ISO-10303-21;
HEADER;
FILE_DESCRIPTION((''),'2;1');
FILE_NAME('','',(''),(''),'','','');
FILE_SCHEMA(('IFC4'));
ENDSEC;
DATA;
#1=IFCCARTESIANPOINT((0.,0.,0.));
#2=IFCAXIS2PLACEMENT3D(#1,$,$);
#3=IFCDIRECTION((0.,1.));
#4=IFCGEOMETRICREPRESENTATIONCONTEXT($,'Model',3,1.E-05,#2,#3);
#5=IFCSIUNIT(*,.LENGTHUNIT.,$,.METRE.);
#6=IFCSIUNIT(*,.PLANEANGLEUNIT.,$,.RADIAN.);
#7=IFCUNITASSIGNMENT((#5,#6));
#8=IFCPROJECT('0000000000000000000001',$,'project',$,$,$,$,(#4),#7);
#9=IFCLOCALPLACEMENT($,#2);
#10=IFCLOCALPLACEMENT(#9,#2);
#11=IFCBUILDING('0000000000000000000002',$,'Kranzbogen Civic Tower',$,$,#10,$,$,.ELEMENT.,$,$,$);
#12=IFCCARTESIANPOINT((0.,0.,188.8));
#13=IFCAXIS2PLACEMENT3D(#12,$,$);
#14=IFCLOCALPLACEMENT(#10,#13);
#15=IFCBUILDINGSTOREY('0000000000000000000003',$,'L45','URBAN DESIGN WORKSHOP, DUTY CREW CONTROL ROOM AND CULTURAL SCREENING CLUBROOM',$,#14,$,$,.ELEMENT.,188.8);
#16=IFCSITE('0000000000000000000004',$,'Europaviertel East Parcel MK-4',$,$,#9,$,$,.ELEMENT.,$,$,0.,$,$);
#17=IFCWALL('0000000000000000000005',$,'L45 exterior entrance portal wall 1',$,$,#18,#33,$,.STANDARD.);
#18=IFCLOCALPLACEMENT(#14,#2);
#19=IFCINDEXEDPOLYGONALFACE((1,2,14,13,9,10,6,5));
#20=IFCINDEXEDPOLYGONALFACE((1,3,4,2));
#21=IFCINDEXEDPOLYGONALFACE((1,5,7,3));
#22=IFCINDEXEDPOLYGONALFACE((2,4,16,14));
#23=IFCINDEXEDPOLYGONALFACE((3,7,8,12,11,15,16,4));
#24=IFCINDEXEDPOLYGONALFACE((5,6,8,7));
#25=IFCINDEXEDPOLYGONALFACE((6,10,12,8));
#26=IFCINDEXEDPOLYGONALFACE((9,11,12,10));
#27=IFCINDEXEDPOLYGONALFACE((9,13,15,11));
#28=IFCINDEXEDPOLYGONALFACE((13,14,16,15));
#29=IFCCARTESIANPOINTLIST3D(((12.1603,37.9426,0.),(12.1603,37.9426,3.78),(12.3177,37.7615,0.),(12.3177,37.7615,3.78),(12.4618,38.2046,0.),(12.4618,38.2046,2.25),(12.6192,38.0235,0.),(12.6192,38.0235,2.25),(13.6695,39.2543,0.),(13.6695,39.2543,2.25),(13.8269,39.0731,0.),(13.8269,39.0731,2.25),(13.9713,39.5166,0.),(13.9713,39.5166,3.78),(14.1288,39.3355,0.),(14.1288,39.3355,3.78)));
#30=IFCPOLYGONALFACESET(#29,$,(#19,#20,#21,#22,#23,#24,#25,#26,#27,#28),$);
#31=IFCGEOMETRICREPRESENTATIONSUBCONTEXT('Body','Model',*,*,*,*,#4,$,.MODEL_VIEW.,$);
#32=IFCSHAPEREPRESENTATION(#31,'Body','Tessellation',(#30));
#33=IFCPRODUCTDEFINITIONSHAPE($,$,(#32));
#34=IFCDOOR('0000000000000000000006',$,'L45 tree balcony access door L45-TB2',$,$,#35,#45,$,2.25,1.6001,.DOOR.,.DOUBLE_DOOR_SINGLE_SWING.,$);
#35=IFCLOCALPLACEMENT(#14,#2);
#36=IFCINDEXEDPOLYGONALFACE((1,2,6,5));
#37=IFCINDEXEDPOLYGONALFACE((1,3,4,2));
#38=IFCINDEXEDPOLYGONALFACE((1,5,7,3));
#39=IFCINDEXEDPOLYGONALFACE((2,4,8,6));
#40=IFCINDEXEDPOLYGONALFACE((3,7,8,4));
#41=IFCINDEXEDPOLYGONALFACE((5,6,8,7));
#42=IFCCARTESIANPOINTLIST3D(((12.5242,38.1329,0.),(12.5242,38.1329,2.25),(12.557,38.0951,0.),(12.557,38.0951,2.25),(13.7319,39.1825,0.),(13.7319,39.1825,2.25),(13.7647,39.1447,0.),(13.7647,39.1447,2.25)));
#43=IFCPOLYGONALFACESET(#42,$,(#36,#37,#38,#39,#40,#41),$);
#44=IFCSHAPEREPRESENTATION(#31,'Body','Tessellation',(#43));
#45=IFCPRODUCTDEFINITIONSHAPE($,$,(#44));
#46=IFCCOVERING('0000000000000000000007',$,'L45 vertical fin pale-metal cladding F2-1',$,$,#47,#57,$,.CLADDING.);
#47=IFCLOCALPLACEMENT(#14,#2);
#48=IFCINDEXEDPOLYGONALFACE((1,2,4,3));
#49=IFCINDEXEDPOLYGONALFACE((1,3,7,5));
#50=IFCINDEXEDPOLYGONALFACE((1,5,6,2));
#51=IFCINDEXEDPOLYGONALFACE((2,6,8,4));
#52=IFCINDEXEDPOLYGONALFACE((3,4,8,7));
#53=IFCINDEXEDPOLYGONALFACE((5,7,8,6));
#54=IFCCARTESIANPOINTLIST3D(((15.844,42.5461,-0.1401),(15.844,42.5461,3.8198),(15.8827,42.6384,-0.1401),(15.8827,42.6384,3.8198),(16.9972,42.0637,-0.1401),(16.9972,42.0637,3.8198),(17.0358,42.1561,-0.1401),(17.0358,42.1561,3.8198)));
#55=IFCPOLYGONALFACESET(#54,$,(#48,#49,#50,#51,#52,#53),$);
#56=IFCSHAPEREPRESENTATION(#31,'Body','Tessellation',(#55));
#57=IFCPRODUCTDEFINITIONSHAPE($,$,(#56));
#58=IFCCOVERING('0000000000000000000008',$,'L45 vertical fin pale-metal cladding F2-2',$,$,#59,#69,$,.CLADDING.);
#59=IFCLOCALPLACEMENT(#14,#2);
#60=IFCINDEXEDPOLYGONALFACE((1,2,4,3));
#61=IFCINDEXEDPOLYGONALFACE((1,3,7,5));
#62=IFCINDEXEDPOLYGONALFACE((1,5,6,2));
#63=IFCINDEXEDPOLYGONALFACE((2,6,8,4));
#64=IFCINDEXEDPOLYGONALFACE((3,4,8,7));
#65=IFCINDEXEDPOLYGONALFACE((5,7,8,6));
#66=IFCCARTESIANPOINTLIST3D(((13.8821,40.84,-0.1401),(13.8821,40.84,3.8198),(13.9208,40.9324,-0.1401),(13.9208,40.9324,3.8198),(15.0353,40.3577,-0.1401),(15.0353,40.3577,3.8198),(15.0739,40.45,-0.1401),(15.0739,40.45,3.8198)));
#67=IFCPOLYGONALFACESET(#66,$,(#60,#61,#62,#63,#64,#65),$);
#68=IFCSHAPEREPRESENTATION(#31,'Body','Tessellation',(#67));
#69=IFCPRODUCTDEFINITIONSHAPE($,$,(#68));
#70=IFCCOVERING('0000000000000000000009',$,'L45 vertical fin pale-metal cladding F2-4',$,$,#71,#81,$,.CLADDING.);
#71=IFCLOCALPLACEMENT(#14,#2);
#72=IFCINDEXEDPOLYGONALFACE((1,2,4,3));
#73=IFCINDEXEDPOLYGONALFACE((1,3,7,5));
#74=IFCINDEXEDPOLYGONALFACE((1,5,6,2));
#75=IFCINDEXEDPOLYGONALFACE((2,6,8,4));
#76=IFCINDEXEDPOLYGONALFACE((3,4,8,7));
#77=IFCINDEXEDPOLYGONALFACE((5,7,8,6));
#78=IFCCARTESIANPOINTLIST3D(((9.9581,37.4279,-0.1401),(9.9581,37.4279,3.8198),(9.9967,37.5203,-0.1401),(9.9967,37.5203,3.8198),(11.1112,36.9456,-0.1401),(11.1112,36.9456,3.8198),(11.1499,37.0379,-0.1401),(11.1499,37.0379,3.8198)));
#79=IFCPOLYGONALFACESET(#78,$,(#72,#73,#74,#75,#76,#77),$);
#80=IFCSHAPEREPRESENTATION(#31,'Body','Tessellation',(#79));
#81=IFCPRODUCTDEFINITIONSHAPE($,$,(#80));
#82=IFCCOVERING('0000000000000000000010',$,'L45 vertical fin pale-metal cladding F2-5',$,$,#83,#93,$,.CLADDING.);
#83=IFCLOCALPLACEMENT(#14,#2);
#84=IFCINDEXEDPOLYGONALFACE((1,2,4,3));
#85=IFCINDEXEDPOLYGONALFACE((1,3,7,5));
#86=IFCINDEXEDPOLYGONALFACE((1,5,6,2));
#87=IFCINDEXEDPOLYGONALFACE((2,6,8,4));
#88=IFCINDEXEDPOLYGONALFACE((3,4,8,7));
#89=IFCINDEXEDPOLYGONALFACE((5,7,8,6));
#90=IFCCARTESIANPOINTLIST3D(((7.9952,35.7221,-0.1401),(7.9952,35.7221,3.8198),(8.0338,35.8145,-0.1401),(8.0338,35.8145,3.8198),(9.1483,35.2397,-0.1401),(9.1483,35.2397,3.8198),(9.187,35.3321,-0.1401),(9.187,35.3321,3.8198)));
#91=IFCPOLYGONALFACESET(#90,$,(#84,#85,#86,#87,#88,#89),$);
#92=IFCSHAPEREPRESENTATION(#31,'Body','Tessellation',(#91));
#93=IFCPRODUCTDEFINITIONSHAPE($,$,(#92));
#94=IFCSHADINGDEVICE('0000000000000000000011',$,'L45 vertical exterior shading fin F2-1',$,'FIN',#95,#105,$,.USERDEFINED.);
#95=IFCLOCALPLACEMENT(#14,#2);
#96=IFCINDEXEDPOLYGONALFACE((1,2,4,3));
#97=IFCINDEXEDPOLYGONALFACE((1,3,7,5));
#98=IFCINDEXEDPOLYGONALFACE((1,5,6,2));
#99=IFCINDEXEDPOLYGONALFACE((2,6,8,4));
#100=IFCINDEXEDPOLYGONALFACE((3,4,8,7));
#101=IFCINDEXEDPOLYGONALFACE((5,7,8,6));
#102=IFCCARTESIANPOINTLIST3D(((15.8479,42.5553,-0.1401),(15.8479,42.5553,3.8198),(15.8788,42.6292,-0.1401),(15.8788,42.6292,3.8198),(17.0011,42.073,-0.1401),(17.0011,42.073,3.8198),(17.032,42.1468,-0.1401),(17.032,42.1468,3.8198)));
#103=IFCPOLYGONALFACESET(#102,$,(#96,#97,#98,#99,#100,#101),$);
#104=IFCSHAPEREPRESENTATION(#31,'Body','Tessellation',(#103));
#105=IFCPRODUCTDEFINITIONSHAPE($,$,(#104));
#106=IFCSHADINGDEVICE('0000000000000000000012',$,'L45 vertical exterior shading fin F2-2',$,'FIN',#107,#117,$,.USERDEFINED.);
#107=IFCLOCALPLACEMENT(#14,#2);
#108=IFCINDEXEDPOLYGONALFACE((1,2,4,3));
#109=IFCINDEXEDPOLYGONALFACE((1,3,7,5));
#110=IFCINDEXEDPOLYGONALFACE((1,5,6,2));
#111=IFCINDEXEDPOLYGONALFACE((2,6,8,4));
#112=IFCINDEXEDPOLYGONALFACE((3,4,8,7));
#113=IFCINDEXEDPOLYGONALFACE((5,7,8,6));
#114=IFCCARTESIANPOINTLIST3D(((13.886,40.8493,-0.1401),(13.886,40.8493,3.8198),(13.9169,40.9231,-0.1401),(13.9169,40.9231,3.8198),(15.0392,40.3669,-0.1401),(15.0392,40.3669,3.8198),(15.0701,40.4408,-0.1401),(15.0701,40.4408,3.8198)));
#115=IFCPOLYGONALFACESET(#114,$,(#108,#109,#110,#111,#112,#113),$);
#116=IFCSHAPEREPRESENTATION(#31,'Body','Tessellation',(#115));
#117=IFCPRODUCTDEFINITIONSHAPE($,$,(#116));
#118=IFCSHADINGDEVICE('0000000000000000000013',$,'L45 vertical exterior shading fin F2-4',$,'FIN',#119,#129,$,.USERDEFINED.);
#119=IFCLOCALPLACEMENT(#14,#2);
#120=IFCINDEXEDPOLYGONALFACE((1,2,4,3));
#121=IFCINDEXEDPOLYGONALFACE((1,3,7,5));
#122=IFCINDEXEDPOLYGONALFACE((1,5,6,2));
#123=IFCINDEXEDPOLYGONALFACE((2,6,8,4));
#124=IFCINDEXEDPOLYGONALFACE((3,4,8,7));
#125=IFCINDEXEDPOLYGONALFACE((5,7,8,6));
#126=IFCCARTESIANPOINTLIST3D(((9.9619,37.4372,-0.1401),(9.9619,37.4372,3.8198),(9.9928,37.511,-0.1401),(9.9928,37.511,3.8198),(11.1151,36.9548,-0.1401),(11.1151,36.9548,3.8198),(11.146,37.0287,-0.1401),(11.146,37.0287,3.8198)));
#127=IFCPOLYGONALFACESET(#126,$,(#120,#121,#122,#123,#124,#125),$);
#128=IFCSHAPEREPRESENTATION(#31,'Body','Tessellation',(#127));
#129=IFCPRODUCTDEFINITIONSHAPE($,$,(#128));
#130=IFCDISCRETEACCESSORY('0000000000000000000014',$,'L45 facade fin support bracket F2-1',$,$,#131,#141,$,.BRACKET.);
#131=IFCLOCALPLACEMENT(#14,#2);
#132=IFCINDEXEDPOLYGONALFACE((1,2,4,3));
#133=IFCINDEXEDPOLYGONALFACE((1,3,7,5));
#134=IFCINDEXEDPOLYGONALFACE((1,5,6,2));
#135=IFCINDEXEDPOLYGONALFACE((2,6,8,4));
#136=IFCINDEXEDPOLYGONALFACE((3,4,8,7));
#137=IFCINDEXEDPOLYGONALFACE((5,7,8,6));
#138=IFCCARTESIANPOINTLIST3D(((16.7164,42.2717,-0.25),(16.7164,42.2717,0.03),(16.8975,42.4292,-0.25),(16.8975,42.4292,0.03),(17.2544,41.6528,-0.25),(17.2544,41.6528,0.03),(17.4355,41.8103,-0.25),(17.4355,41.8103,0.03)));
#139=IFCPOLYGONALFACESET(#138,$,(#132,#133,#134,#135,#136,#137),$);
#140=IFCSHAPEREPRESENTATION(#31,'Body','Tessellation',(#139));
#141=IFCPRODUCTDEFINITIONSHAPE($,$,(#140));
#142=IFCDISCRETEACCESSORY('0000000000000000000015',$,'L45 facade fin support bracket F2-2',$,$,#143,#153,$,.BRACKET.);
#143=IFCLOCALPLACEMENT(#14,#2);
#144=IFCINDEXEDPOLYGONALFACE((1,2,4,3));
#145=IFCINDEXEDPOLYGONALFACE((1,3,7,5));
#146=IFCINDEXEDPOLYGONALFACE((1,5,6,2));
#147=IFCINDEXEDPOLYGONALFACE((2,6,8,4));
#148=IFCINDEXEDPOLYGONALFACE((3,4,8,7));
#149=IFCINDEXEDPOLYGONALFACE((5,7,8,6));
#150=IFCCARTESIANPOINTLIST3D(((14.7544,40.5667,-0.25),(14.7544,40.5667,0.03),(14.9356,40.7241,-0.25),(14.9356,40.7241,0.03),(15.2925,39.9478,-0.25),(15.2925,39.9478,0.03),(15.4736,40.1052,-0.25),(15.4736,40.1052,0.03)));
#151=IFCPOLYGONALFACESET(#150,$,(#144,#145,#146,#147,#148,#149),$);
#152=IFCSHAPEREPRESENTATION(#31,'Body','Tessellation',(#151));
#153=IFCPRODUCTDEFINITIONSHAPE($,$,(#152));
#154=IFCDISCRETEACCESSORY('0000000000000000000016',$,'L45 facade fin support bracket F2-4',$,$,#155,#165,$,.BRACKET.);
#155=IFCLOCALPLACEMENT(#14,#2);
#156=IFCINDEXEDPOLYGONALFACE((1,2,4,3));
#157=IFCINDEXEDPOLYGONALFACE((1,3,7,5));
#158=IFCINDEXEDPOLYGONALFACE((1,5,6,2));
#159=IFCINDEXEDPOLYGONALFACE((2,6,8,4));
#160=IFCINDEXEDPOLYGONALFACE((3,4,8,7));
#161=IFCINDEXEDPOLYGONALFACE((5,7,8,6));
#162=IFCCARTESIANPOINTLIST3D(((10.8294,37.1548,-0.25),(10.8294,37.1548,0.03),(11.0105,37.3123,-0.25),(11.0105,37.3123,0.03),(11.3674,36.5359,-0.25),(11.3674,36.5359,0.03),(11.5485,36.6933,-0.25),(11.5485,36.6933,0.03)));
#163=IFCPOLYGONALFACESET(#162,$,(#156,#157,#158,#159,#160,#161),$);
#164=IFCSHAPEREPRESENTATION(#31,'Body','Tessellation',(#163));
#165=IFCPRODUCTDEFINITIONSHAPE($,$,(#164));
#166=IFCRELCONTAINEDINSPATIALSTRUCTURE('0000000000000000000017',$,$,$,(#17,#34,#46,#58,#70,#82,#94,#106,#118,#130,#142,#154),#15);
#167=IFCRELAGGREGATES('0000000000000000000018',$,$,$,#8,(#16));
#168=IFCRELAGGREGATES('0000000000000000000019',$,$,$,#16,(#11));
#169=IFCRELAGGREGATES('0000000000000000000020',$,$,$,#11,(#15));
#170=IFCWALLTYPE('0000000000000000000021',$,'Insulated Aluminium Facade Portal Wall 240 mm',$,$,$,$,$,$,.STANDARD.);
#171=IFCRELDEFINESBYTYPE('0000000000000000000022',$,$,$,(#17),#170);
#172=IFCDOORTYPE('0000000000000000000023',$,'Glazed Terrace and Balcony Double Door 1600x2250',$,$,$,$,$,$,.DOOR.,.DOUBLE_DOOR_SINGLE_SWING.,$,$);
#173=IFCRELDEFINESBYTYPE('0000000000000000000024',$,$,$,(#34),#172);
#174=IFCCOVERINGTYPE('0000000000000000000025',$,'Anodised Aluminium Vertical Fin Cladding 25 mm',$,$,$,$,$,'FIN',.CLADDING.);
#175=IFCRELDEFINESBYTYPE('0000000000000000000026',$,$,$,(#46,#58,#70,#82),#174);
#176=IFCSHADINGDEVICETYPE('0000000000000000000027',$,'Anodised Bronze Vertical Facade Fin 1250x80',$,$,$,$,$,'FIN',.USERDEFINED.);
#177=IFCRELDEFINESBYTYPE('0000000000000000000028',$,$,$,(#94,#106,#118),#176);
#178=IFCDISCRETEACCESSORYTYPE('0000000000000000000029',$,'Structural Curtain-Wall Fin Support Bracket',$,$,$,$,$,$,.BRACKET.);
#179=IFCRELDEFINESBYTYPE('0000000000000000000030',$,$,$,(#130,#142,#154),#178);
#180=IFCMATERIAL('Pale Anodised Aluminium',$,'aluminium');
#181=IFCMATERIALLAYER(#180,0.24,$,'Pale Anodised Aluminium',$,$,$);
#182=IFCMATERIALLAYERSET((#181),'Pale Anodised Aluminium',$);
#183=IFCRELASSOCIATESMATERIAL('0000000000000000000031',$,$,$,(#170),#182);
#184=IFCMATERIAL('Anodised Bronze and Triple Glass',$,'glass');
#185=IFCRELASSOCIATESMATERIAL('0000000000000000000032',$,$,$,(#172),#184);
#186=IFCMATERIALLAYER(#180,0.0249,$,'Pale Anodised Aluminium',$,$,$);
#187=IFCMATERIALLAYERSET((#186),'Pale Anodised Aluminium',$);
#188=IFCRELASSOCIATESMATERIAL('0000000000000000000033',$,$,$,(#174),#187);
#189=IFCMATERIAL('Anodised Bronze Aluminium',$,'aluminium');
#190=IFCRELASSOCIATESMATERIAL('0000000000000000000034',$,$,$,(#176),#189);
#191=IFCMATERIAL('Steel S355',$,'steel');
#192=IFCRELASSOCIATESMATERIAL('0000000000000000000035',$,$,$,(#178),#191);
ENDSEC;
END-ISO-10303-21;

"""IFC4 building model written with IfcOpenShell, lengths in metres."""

from ifc_helpers import new_model, si_unit, direction, frame, frame_2d, origin, origin_2d, place, context, subcontext, project, spatial, rectangle, extrude, material, layer, layer_set, type_object, element, fill, save


model = new_model("IFC4")

# Units and contexts
model_context = context("Model", 3, precision=1e-05, world=origin(), true_north=direction((0.0, 1.0)))
body_context = subcontext(model_context, "Body", "Model", "MODEL_VIEW")
ifc_project = project(units=[si_unit("LENGTHUNIT", "METRE"), si_unit("PLANEANGLEUNIT", "RADIAN")], contexts=[model_context])

# Site, building, storey
site_placement = place(None, origin())
site = spatial("IfcSite", under=ifc_project, at=site_placement, Name="Europaviertel East Parcel MK-4", CompositionType="ELEMENT", RefElevation=0.0)
building_placement = place(site_placement, origin())
building = spatial("IfcBuilding", under=site, at=building_placement, Name="Kranzbogen Civic Tower", CompositionType="ELEMENT")
storey_placement = place(building_placement, frame((0.0, 0.0, 188.8)))
storey = spatial("IfcBuildingStorey", under=building, at=storey_placement, Name="L45", Description="URBAN DESIGN WORKSHOP, DUTY CREW CONTROL ROOM AND CULTURAL SCREENING CLUBROOM", CompositionType="ELEMENT", Elevation=188.8)

# Shared definitions
ifc_material_1 = material(Name="Steel S355", Category="steel")

# Shared definitions
ifc_material_2 = material(Name="Pale Anodised Aluminium", Category="aluminium")

# Wall, opening, door
ifc_layer_1 = layer(ifc_material_2, 0.24, Name="Pale Anodised Aluminium")
ifc_layer_set_1 = layer_set([ifc_layer_1], Name="Pale Anodised Aluminium")
wall_type_1 = type_object("IfcWallType", Name="Insulated Aluminium Facade Portal Wall 240 mm", PredefinedType="STANDARD", material=ifc_layer_set_1)
wall_1_placement = place(storey_placement, frame((14.05, 39.426, 0.0), z_axis=(0.0, 0.0, 1.0), x_axis=(-0.754779, -0.65598, 0.0)))
wall_1 = element("IfcWall", 1, at=wall_1_placement, inside=storey, type_object=wall_type_1, Name="L45 exterior entrance portal wall 1", PredefinedType="STANDARD", context=body_context, shape_type="SweptSolid", body=[
    extrude(rectangle(XDim=2.3994, YDim=0.24, at=frame_2d((1.1997, 0.0))), origin(), (0.0, 0.0, 1.0), 3.78),
])
opening_1_placement = place(wall_1_placement, frame((0.3999, 0.0, 0.0)))
opening_1 = element("IfcOpeningElement", 2, at=opening_1_placement, cuts=wall_1, PredefinedType="OPENING", context=body_context, shape_type="SweptSolid", body=[
    extrude(rectangle(XDim=1.6001, YDim=2.25, at=frame_2d((0.8, 1.125))), frame((0.0, 0.1299, 0.0), z_axis=(0.0, -1.0, 0.0), x_axis=(1.0, 0.0, 0.0)), (0.0, 0.0, 1.0), 0.26),
])
ifc_material_3 = material(Name="Anodised Bronze and Triple Glass", Category="glass")
door_type_1 = type_object("IfcDoorType", Name="Glazed Terrace and Balcony Double Door 1600x2250", OperationType="DOUBLE_DOOR_SINGLE_SWING", PredefinedType="DOOR", material=ifc_material_3)
door_1_placement = place(opening_1_placement, frame((1.6001, 0.0, 0.0), z_axis=(0.0, 0.0, 1.0), x_axis=(-1.0, 0.0, 0.0)))
door_1 = element("IfcDoor", 3, at=door_1_placement, inside=storey, type_object=door_type_1, Name="L45 tree balcony access door L45-TB2", OperationType="DOUBLE_DOOR_SINGLE_SWING", OverallHeight=2.25, OverallWidth=1.6001, PredefinedType="DOOR", context=body_context, shape_type="SweptSolid", body=[
    extrude(rectangle(XDim=1.6001, YDim=2.25, at=frame_2d((0.8, 1.125))), frame((0.0, 0.0249, 0.0), z_axis=(0.0, -1.0, 0.0), x_axis=(1.0, 0.0, 0.0)), (0.0, 0.0, 1.0), 0.05),
])
fill(opening_1, door_1)

# Coverings
ifc_layer_2 = layer(ifc_material_2, 0.0249, Name="Pale Anodised Aluminium")
ifc_layer_set_2 = layer_set([ifc_layer_2], Name="Pale Anodised Aluminium")
covering_type = type_object("IfcCoveringType", Name="Anodised Aluminium Vertical Fin Cladding 25 mm", ElementType="FIN", PredefinedType="CLADDING", material=ifc_layer_set_2)
for number, where, z_axis, x_axis, name in (
    (4, (16.4399, 42.3511, -0.1401), (0.0, 0.0, 1.0), (-0.922545, 0.38589, 0.0), "L45 vertical fin pale-metal cladding F2-1"),
    (5, (14.478, 40.645, -0.1401), (0.0, 0.0, 1.0), (-0.922545, 0.38589, 0.0), "L45 vertical fin pale-metal cladding F2-2"),
    (6, (10.554, 37.2329, -0.1401), (0.0, 0.0, 1.0), (-0.922545, 0.38589, 0.0), "L45 vertical fin pale-metal cladding F2-4"),
    (7, (8.5911, 35.5271, -0.1401), (0.0, 0.0, 1.0), (-0.922545, 0.38589, 0.0), "L45 vertical fin pale-metal cladding F2-5"),
):
    element("IfcCovering", number, at=place(storey_placement, frame(where, z_axis=z_axis, x_axis=x_axis)), inside=storey, type_object=covering_type, Name=name, PredefinedType="CLADDING", context=body_context, shape_type="SweptSolid", body=[
        extrude(rectangle(XDim=1.25, YDim=0.1001, at=origin_2d()), origin(), (0.0, 0.0, 1.0), 3.96),
    ])

# Shading devices
ifc_material_4 = material(Name="Anodised Bronze Aluminium", Category="aluminium")
shading_device_type = type_object("IfcShadingDeviceType", Name="Anodised Bronze Vertical Facade Fin 1250x80", ElementType="FIN", PredefinedType="USERDEFINED", material=ifc_material_4)
for number, where, z_axis, x_axis, name in (
    (8, (16.4399, 42.3511, -0.1401), (0.0, 0.0, 1.0), (-0.922545, 0.38589, 0.0), "L45 vertical exterior shading fin F2-1"),
    (9, (14.478, 40.645, -0.1401), (0.0, 0.0, 1.0), (-0.922545, 0.38589, 0.0), "L45 vertical exterior shading fin F2-2"),
    (10, (10.554, 37.2329, -0.1401), (0.0, 0.0, 1.0), (-0.922545, 0.38589, 0.0), "L45 vertical exterior shading fin F2-4"),
):
    element("IfcShadingDevice", number, at=place(storey_placement, frame(where, z_axis=z_axis, x_axis=x_axis)), inside=storey, type_object=shading_device_type, Name=name, ObjectType="FIN", PredefinedType="USERDEFINED", context=body_context, shape_type="SweptSolid", body=[
        extrude(rectangle(XDim=1.25, YDim=0.0801, at=origin_2d()), origin(), (0.0, 0.0, 1.0), 3.96),
    ])

# Discrete accessories
discrete_accessory_type = type_object("IfcDiscreteAccessoryType", Name="Structural Curtain-Wall Fin Support Bracket", PredefinedType="BRACKET", material=ifc_material_1)
for number, where, z_axis, x_axis, name in (
    (11, (17.0759, 42.041, -0.25), (0.0, 0.0, 1.0), (-0.656059, 0.75471, 0.0), "L45 facade fin support bracket F2-1"),
    (12, (15.114, 40.3359, -0.25), (0.0, 0.0, 1.0), (-0.656059, 0.75471, 0.0), "L45 facade fin support bracket F2-2"),
    (13, (11.189, 36.9241, -0.25), (0.0, 0.0, 1.0), (-0.656059, 0.75471, 0.0), "L45 facade fin support bracket F2-4"),
):
    element("IfcDiscreteAccessory", number, at=place(storey_placement, frame(where, z_axis=z_axis, x_axis=x_axis)), inside=storey, type_object=discrete_accessory_type, Name=name, PredefinedType="BRACKET", context=body_context, shape_type="SweptSolid", body=[
        extrude(rectangle(XDim=0.8201, YDim=0.24, at=origin_2d()), origin(), (0.0, 0.0, 1.0), 0.28),
    ])

save(model, "model.ifc")
